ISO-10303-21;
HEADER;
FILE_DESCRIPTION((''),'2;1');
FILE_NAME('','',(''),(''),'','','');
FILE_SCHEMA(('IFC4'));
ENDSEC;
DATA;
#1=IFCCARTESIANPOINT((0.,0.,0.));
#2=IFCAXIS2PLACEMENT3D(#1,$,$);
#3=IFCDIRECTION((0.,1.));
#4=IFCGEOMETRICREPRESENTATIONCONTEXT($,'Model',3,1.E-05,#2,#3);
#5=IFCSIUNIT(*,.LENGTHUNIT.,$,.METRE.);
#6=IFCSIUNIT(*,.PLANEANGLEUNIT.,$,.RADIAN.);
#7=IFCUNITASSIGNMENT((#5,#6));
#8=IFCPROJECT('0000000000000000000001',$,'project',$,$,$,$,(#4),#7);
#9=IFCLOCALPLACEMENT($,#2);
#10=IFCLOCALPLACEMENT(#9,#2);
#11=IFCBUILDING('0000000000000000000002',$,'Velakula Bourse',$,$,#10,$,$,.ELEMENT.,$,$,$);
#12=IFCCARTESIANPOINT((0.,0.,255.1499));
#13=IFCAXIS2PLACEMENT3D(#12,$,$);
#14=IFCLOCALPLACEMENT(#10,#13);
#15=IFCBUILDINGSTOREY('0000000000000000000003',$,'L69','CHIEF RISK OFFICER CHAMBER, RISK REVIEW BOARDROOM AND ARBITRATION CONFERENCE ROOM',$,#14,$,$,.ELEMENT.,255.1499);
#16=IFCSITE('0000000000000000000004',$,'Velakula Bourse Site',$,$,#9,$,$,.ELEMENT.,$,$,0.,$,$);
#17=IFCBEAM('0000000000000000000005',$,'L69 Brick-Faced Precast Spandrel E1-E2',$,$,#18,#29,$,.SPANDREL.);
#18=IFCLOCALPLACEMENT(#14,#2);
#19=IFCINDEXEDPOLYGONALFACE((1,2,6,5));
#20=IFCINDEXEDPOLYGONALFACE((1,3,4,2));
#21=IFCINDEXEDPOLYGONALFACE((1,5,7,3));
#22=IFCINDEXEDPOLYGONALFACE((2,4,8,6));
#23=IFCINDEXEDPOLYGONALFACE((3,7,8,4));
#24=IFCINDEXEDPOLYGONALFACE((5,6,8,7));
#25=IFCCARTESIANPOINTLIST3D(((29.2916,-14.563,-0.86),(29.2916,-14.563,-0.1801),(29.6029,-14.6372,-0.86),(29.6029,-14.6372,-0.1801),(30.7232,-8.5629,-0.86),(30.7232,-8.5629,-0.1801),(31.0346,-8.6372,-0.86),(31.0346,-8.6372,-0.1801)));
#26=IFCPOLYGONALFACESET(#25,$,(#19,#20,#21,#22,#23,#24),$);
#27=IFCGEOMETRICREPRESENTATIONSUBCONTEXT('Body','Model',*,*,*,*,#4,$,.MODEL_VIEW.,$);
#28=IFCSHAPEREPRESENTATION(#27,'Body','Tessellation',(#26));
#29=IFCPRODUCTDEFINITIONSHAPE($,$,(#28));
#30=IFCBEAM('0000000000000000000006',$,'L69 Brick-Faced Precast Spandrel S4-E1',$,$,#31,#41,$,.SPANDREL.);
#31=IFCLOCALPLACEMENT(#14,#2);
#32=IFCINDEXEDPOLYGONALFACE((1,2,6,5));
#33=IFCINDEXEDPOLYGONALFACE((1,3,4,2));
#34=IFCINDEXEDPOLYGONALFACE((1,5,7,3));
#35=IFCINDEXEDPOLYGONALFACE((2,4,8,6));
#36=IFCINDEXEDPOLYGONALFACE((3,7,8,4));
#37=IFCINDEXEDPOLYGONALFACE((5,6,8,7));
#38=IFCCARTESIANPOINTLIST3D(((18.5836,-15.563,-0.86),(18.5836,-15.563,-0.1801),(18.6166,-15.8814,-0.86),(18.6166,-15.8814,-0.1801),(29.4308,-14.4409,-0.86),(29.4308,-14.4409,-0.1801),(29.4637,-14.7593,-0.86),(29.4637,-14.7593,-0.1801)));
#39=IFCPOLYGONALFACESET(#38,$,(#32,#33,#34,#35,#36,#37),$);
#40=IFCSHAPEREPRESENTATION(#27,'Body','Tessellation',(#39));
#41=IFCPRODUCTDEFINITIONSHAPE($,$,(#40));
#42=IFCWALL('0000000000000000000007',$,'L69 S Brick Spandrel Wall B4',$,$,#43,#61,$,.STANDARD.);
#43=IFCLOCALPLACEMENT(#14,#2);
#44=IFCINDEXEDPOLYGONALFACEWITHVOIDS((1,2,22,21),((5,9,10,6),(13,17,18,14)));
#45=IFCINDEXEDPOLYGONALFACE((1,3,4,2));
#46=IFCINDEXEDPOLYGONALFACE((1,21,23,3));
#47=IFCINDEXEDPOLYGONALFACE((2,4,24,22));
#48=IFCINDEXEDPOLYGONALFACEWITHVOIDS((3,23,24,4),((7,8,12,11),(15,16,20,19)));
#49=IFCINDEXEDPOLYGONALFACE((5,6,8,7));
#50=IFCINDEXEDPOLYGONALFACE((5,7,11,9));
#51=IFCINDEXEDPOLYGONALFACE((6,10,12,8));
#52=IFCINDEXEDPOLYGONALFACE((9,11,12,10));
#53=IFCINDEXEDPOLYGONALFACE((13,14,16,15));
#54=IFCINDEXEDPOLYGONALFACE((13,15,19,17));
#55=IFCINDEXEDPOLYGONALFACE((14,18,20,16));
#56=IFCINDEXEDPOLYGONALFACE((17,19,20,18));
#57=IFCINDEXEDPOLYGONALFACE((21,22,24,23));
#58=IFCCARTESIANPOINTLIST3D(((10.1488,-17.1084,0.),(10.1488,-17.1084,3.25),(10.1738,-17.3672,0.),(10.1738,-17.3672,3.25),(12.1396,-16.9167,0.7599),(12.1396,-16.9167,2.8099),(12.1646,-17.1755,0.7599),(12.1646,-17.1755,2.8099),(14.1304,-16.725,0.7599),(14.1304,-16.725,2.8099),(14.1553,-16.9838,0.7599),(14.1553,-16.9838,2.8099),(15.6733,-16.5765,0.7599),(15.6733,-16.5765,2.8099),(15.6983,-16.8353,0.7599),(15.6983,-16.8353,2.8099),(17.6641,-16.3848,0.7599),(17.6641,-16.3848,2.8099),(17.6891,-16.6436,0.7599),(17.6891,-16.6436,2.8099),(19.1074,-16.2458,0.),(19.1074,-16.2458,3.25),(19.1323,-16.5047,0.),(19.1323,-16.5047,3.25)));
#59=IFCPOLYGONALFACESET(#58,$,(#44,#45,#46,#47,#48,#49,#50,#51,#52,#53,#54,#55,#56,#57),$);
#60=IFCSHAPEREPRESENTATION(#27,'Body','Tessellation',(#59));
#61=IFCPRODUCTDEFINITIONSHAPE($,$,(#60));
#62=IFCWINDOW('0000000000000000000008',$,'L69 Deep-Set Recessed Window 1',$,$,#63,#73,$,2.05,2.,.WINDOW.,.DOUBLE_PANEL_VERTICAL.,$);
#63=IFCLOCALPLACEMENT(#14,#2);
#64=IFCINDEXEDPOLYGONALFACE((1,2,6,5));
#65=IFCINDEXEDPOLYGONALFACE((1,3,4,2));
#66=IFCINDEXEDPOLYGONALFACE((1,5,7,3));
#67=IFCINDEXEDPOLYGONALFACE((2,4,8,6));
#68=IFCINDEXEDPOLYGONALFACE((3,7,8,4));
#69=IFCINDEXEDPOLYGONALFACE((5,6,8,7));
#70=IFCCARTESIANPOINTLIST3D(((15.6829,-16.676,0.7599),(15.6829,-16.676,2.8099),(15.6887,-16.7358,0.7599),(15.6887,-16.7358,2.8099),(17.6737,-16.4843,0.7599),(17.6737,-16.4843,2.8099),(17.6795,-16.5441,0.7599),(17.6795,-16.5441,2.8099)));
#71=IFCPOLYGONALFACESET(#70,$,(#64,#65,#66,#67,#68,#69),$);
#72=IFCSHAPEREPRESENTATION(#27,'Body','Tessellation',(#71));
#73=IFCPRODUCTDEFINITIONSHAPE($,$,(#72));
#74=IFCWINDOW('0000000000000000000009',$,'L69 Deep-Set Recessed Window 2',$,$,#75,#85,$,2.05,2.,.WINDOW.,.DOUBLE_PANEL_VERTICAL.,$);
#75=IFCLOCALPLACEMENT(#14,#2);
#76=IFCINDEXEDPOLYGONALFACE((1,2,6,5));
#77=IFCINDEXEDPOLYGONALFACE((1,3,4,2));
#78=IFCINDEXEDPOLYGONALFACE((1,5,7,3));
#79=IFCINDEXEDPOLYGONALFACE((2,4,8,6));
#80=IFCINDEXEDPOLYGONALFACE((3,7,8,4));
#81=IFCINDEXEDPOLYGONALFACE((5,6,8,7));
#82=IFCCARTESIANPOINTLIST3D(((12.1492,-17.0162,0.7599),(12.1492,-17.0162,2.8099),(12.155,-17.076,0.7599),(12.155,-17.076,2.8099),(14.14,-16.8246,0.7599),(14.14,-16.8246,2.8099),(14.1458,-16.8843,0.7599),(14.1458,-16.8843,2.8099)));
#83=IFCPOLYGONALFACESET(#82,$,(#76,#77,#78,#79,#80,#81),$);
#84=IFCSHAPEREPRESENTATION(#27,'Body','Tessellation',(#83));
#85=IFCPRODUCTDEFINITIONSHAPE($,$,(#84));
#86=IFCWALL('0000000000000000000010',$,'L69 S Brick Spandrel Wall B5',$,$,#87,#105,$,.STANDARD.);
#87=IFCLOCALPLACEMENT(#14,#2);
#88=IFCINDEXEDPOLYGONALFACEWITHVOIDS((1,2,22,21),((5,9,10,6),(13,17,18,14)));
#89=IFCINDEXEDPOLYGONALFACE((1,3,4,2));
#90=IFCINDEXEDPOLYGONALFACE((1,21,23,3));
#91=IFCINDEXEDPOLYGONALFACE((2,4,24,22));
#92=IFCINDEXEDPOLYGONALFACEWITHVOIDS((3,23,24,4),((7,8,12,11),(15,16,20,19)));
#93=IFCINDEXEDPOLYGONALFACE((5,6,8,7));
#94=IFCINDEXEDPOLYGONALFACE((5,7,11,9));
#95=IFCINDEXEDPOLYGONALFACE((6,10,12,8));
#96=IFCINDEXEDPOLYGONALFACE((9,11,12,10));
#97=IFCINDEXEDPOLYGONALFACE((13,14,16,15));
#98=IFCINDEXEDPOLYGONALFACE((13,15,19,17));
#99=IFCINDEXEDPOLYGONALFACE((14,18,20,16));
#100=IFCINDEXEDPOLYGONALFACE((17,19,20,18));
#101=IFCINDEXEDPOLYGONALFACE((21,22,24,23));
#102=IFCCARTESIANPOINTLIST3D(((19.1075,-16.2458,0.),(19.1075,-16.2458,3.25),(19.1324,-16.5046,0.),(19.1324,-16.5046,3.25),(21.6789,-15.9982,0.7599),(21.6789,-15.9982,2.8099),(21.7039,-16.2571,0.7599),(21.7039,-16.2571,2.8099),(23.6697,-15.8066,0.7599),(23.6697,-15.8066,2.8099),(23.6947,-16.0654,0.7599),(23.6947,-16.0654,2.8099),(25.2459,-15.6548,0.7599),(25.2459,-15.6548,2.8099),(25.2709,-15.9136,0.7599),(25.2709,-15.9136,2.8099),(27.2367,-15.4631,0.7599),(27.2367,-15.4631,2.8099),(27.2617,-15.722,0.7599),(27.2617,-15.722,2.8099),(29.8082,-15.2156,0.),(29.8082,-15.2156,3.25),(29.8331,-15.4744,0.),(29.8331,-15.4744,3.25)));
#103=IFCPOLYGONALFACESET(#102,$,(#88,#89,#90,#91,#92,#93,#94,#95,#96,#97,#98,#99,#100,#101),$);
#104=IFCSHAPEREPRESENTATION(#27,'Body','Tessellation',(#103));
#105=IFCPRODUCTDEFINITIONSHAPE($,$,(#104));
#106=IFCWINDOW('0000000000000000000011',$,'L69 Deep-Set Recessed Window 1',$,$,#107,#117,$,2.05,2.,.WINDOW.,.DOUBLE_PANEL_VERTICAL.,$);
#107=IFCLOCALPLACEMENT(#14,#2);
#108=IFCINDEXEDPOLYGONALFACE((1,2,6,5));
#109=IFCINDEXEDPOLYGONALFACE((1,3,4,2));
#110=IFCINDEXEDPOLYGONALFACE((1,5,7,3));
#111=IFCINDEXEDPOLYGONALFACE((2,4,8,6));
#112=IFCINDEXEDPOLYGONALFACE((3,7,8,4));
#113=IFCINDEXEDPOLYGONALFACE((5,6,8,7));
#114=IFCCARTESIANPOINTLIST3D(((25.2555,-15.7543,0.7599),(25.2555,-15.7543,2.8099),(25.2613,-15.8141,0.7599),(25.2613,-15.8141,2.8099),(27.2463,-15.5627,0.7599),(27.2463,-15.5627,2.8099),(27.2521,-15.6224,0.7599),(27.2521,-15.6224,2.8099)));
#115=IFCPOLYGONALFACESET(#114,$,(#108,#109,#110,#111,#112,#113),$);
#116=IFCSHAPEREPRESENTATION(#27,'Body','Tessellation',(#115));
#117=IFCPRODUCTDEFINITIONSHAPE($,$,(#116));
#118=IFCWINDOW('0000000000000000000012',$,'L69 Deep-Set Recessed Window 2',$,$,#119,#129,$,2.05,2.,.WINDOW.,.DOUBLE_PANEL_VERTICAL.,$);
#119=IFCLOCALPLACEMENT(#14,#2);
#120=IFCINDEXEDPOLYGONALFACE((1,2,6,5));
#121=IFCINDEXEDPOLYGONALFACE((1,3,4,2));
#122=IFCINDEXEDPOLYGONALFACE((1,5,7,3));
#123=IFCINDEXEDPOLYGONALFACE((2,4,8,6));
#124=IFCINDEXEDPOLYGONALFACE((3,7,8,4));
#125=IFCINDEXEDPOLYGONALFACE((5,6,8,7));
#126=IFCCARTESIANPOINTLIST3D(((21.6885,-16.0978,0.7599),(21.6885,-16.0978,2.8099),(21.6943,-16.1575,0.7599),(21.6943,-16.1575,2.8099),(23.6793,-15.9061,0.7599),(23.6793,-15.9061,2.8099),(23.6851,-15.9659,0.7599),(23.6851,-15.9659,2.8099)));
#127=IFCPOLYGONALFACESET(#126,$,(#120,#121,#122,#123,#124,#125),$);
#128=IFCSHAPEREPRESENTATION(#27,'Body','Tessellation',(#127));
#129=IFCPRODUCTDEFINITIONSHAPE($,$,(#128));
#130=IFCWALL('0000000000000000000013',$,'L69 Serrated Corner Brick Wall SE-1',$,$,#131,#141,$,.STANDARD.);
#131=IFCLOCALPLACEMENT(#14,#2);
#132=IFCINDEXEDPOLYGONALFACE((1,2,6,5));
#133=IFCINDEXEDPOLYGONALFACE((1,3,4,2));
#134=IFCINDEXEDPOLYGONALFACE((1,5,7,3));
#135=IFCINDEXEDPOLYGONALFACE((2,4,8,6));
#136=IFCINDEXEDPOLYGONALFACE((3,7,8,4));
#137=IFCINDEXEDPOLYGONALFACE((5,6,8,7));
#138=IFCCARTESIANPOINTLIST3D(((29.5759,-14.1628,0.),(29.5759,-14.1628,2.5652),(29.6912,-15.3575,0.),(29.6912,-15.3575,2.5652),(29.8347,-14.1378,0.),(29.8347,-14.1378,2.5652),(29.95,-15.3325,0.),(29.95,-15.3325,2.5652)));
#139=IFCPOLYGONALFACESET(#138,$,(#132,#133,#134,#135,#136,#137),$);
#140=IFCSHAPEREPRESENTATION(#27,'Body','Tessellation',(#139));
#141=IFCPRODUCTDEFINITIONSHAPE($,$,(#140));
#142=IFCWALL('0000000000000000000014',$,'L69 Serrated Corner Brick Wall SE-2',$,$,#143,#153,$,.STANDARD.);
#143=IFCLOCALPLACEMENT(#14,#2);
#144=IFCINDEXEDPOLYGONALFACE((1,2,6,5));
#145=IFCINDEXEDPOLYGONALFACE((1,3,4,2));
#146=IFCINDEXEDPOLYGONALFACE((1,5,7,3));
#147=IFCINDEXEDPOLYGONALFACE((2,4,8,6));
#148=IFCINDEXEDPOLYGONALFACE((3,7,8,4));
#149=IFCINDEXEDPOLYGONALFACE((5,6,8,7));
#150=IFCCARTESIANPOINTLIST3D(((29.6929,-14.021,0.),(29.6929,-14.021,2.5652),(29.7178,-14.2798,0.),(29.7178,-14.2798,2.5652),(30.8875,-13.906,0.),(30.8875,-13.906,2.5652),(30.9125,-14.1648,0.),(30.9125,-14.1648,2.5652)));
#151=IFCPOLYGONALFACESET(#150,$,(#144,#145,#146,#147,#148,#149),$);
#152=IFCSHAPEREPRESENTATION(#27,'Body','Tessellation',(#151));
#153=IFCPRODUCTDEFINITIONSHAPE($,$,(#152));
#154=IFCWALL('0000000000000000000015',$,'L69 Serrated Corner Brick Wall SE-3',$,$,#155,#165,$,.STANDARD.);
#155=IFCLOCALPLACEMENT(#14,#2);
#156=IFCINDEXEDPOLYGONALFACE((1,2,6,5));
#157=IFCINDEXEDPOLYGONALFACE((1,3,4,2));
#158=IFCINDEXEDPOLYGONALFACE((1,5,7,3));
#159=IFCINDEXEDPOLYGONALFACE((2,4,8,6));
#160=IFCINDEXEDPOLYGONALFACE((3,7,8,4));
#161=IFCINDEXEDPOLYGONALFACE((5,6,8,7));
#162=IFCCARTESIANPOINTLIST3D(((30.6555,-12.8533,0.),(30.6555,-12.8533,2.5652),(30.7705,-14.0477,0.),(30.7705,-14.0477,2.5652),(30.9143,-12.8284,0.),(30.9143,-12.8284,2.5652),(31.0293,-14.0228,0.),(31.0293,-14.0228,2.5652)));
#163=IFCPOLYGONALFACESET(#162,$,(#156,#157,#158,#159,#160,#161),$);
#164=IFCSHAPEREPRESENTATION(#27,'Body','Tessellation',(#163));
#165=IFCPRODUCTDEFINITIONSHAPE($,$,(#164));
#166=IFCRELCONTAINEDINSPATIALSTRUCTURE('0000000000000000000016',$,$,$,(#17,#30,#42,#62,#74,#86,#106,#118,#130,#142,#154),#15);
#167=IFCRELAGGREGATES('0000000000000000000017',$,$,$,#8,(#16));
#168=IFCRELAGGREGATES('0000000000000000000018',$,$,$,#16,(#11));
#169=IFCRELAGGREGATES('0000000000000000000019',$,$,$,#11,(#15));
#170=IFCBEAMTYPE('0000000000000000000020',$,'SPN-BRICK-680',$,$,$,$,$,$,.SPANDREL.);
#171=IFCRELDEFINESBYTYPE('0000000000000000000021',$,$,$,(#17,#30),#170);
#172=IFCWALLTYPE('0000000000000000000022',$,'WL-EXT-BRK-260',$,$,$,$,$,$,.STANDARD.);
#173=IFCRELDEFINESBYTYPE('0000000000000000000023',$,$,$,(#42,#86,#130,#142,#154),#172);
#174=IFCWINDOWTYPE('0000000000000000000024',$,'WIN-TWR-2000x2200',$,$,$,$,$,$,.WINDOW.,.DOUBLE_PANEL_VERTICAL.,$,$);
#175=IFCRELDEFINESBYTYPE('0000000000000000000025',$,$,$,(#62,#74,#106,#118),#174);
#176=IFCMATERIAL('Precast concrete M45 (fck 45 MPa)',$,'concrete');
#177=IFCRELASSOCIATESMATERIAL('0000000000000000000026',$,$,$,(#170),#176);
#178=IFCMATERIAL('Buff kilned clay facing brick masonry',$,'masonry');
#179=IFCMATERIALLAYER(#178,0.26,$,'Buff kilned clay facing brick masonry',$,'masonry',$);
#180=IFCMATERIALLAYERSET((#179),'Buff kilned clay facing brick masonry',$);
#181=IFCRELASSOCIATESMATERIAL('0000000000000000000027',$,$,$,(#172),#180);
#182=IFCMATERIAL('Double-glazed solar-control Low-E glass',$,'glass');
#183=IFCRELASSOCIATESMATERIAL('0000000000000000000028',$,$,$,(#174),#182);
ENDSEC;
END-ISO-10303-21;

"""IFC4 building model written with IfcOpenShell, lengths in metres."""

from ifc_helpers import new_model, si_unit, direction, frame, frame_2d, origin, origin_2d, place, context, subcontext, project, spatial, rectangle, extrude, material, layer, layer_set, material_profile, profile_set, type_object, element, fill, save


model = new_model("IFC4")

# Units and contexts
model_context = context("Model", 3, precision=1e-05, world=origin(), true_north=direction((0.0, 1.0)))
body_context = subcontext(model_context, "Body", "Model", "MODEL_VIEW")
ifc_project = project(units=[si_unit("LENGTHUNIT", "METRE"), si_unit("PLANEANGLEUNIT", "RADIAN")], contexts=[model_context])

# Site, building, storey
site_placement = place(None, origin())
site = spatial("IfcSite", under=ifc_project, at=site_placement, Name="Velakula Bourse Site", CompositionType="ELEMENT", RefElevation=0.0)
building_placement = place(site_placement, origin())
building = spatial("IfcBuilding", under=site, at=building_placement, Name="Velakula Bourse", CompositionType="ELEMENT")
storey_placement = place(building_placement, frame((0.0, 0.0, 255.1499)))
storey = spatial("IfcBuildingStorey", under=building, at=storey_placement, Name="L69", Description="CHIEF RISK OFFICER CHAMBER, RISK REVIEW BOARDROOM AND ARBITRATION CONFERENCE ROOM", CompositionType="ELEMENT", Elevation=255.1499)

# Beams
ifc_material_1 = material(Name="Precast concrete M45 (fck 45 MPa)", Category="concrete")
ifc_material_profile_1 = material_profile(ifc_material_1, rectangle(XDim=0.3201, YDim=0.6799, at=origin_2d()), Name="Precast concrete M45 (fck 45 MPa)")
ifc_profile_set_1 = profile_set([ifc_material_profile_1], Name="Precast concrete M45 (fck 45 MPa)")
beam_type_1 = type_object("IfcBeamType", Name="SPN-BRICK-680", PredefinedType="SPANDREL", material=ifc_profile_set_1)
beam_1_placement = place(storey_placement, frame((29.4473, -14.6001, -0.52), z_axis=(0.232091, 0.972694, 0.0), x_axis=(-0.972694, 0.232091, 0.0)))
element("IfcBeam", 1, at=beam_1_placement, inside=storey, type_object=beam_type_1, Name="L69 Brick-Faced Precast Spandrel E1-E2", PredefinedType="SPANDREL", context=body_context, shape_type="SweptSolid", body=[
    extrude(rectangle(XDim=0.3201, YDim=0.6799, at=origin_2d()), origin(), (0.0, 0.0, 1.0), 6.1685),
])
beam_2_placement = place(storey_placement, frame((18.6001, -15.7222, -0.52), z_axis=(0.994692, 0.102895, 0.0), x_axis=(-0.102895, 0.994692, 0.0)))
element("IfcBeam", 2, at=beam_2_placement, inside=storey, type_object=beam_type_1, Name="L69 Brick-Faced Precast Spandrel S4-E1", PredefinedType="SPANDREL", context=body_context, shape_type="SweptSolid", body=[
    extrude(rectangle(XDim=0.3201, YDim=0.6799, at=origin_2d()), origin(), (0.0, 0.0, 1.0), 10.905),
])

# Walls, openings, windows
ifc_material_2 = material(Name="Buff kilned clay facing brick masonry", Category="masonry")
ifc_layer = layer(ifc_material_2, 0.26, Name="Buff kilned clay facing brick masonry", Category="masonry")
ifc_layer_set = layer_set([ifc_layer], Name="Buff kilned clay facing brick masonry")
wall_type = type_object("IfcWallType", Name="WL-EXT-BRK-260", PredefinedType="STANDARD", material=ifc_layer_set)
wall_1_placement = place(storey_placement, frame((19.1199, -16.3752, 0.0), z_axis=(0.0, 0.0, 1.0), x_axis=(-0.995397, -0.09584, 0.0)))
wall_1 = element("IfcWall", 3, at=wall_1_placement, inside=storey, type_object=wall_type, Name="L69 S Brick Spandrel Wall B4", PredefinedType="STANDARD", context=body_context, shape_type="SweptSolid", body=[
    extrude(rectangle(XDim=9.0, YDim=0.26, at=frame_2d((4.5, 0.0))), origin(), (0.0, 0.0, 1.0), 3.25),
])
opening_1_placement = place(wall_1_placement, frame((1.45, 0.0, 0.76)))
opening_1 = element("IfcOpeningElement", 4, at=opening_1_placement, cuts=wall_1, PredefinedType="OPENING", context=body_context, shape_type="SweptSolid", body=[
    extrude(rectangle(XDim=2.0, YDim=2.05, at=frame_2d((1.0, 1.0249))), frame((0.0, 0.1399, 0.0), z_axis=(0.0, -1.0, 0.0), x_axis=(1.0, 0.0, 0.0)), (0.0, 0.0, 1.0), 0.28),
])
opening_2_placement = place(wall_1_placement, frame((5.0, 0.0, 0.76)))
opening_2 = element("IfcOpeningElement", 5, at=opening_2_placement, cuts=wall_1, PredefinedType="OPENING", context=body_context, shape_type="SweptSolid", body=[
    extrude(rectangle(XDim=2.0, YDim=2.05, at=frame_2d((1.0, 1.0249))), frame((0.0, 0.1399, 0.0), z_axis=(0.0, -1.0, 0.0), x_axis=(1.0, 0.0, 0.0)), (0.0, 0.0, 1.0), 0.28),
])
ifc_material_3 = material(Name="Double-glazed solar-control Low-E glass", Category="glass")
window_type = type_object("IfcWindowType", Name="WIN-TWR-2000x2200", PartitioningType="DOUBLE_PANEL_VERTICAL", PredefinedType="WINDOW", material=ifc_material_3)
window_1_placement = place(opening_1_placement, origin())
window_1 = element("IfcWindow", 6, at=window_1_placement, inside=storey, type_object=window_type, Name="L69 Deep-Set Recessed Window 1", OverallHeight=2.05, OverallWidth=2.0, PartitioningType="DOUBLE_PANEL_VERTICAL", PredefinedType="WINDOW", context=body_context, shape_type="SweptSolid", body=[
    extrude(rectangle(XDim=2.0, YDim=2.05, at=frame_2d((1.0, 1.0249))), frame((0.0, 0.03, 0.0), z_axis=(0.0, -1.0, 0.0), x_axis=(1.0, 0.0, 0.0)), (0.0, 0.0, 1.0), 0.0601),
])
fill(opening_1, window_1)
window_2_placement = place(opening_2_placement, origin())
window_2 = element("IfcWindow", 7, at=window_2_placement, inside=storey, type_object=window_type, Name="L69 Deep-Set Recessed Window 2", OverallHeight=2.05, OverallWidth=2.0, PartitioningType="DOUBLE_PANEL_VERTICAL", PredefinedType="WINDOW", context=body_context, shape_type="SweptSolid", body=[
    extrude(rectangle(XDim=2.0, YDim=2.05, at=frame_2d((1.0, 1.0249))), frame((0.0, 0.03, 0.0), z_axis=(0.0, -1.0, 0.0), x_axis=(1.0, 0.0, 0.0)), (0.0, 0.0, 1.0), 0.0601),
])
fill(opening_2, window_2)
wall_2_placement = place(storey_placement, frame((29.8206, -15.345, 0.0), z_axis=(0.0, 0.0, 1.0), x_axis=(-0.995397, -0.095838, 0.0)))
wall_2 = element("IfcWall", 8, at=wall_2_placement, inside=storey, type_object=wall_type, Name="L69 S Brick Spandrel Wall B5", PredefinedType="STANDARD", context=body_context, shape_type="SweptSolid", body=[
    extrude(rectangle(XDim=10.7502, YDim=0.26, at=frame_2d((5.375, 0.0))), origin(), (0.0, 0.0, 1.0), 3.25),
])
opening_3_placement = place(wall_2_placement, frame((2.5833, 0.0, 0.76)))
opening_3 = element("IfcOpeningElement", 9, at=opening_3_placement, cuts=wall_2, PredefinedType="OPENING", context=body_context, shape_type="SweptSolid", body=[
    extrude(rectangle(XDim=2.0, YDim=2.05, at=frame_2d((1.0, 1.0249))), frame((0.0, 0.1399, 0.0), z_axis=(0.0, -1.0, 0.0), x_axis=(1.0, 0.0, 0.0)), (0.0, 0.0, 1.0), 0.28),
])
opening_4_placement = place(wall_2_placement, frame((6.1667, 0.0, 0.76)))
opening_4 = element("IfcOpeningElement", 10, at=opening_4_placement, cuts=wall_2, PredefinedType="OPENING", context=body_context, shape_type="SweptSolid", body=[
    extrude(rectangle(XDim=2.0, YDim=2.05, at=frame_2d((1.0, 1.0249))), frame((0.0, 0.1399, 0.0), z_axis=(0.0, -1.0, 0.0), x_axis=(1.0, 0.0, 0.0)), (0.0, 0.0, 1.0), 0.28),
])
window_3_placement = place(opening_3_placement, origin())
window_3 = element("IfcWindow", 11, at=window_3_placement, inside=storey, type_object=window_type, Name="L69 Deep-Set Recessed Window 1", OverallHeight=2.05, OverallWidth=2.0, PartitioningType="DOUBLE_PANEL_VERTICAL", PredefinedType="WINDOW", context=body_context, shape_type="SweptSolid", body=[
    extrude(rectangle(XDim=2.0, YDim=2.05, at=frame_2d((1.0, 1.0249))), frame((0.0, 0.03, 0.0), z_axis=(0.0, -1.0, 0.0), x_axis=(1.0, 0.0, 0.0)), (0.0, 0.0, 1.0), 0.0601),
])
fill(opening_3, window_3)
window_4_placement = place(opening_4_placement, origin())
window_4 = element("IfcWindow", 12, at=window_4_placement, inside=storey, type_object=window_type, Name="L69 Deep-Set Recessed Window 2", OverallHeight=2.05, OverallWidth=2.0, PartitioningType="DOUBLE_PANEL_VERTICAL", PredefinedType="WINDOW", context=body_context, shape_type="SweptSolid", body=[
    extrude(rectangle(XDim=2.0, YDim=2.05, at=frame_2d((1.0, 1.0249))), frame((0.0, 0.03, 0.0), z_axis=(0.0, -1.0, 0.0), x_axis=(1.0, 0.0, 0.0)), (0.0, 0.0, 1.0), 0.0601),
])
fill(opening_4, window_4)

# Walls
for number, where, z_axis, x_axis, name in (
    (13, (29.8206, -15.345, 0.0), (0.0, 0.0, 1.0), (-0.096019, 0.99538, 0.0), "L69 Serrated Corner Brick Wall SE-1"),
    (14, (29.7053, -14.1504, 0.0), (0.0, 0.0, 1.0), (0.995399, 0.095817, 0.0), "L69 Serrated Corner Brick Wall SE-2"),
):
    element("IfcWall", number, at=place(storey_placement, frame(where, z_axis=z_axis, x_axis=x_axis)), inside=storey, type_object=wall_type, Name=name, PredefinedType="STANDARD", context=body_context, shape_type="SweptSolid", body=[
        extrude(rectangle(XDim=1.2002, YDim=0.26, at=frame_2d((0.6001, 0.0))), origin(), (0.0, 0.0, 1.0), 2.5652),
    ])
wall_3_placement = place(storey_placement, frame((30.8999, -14.0354, 0.0), z_axis=(0.0, 0.0, 1.0), x_axis=(-0.095836, 0.995397, 0.0)))
element("IfcWall", 15, at=wall_3_placement, inside=storey, type_object=wall_type, Name="L69 Serrated Corner Brick Wall SE-3", PredefinedType="STANDARD", context=body_context, shape_type="SweptSolid", body=[
    extrude(rectangle(XDim=1.2, YDim=0.26, at=frame_2d((0.6001, 0.0))), origin(), (0.0, 0.0, 1.0), 2.5652),
])

save(model, "model.ifc")
